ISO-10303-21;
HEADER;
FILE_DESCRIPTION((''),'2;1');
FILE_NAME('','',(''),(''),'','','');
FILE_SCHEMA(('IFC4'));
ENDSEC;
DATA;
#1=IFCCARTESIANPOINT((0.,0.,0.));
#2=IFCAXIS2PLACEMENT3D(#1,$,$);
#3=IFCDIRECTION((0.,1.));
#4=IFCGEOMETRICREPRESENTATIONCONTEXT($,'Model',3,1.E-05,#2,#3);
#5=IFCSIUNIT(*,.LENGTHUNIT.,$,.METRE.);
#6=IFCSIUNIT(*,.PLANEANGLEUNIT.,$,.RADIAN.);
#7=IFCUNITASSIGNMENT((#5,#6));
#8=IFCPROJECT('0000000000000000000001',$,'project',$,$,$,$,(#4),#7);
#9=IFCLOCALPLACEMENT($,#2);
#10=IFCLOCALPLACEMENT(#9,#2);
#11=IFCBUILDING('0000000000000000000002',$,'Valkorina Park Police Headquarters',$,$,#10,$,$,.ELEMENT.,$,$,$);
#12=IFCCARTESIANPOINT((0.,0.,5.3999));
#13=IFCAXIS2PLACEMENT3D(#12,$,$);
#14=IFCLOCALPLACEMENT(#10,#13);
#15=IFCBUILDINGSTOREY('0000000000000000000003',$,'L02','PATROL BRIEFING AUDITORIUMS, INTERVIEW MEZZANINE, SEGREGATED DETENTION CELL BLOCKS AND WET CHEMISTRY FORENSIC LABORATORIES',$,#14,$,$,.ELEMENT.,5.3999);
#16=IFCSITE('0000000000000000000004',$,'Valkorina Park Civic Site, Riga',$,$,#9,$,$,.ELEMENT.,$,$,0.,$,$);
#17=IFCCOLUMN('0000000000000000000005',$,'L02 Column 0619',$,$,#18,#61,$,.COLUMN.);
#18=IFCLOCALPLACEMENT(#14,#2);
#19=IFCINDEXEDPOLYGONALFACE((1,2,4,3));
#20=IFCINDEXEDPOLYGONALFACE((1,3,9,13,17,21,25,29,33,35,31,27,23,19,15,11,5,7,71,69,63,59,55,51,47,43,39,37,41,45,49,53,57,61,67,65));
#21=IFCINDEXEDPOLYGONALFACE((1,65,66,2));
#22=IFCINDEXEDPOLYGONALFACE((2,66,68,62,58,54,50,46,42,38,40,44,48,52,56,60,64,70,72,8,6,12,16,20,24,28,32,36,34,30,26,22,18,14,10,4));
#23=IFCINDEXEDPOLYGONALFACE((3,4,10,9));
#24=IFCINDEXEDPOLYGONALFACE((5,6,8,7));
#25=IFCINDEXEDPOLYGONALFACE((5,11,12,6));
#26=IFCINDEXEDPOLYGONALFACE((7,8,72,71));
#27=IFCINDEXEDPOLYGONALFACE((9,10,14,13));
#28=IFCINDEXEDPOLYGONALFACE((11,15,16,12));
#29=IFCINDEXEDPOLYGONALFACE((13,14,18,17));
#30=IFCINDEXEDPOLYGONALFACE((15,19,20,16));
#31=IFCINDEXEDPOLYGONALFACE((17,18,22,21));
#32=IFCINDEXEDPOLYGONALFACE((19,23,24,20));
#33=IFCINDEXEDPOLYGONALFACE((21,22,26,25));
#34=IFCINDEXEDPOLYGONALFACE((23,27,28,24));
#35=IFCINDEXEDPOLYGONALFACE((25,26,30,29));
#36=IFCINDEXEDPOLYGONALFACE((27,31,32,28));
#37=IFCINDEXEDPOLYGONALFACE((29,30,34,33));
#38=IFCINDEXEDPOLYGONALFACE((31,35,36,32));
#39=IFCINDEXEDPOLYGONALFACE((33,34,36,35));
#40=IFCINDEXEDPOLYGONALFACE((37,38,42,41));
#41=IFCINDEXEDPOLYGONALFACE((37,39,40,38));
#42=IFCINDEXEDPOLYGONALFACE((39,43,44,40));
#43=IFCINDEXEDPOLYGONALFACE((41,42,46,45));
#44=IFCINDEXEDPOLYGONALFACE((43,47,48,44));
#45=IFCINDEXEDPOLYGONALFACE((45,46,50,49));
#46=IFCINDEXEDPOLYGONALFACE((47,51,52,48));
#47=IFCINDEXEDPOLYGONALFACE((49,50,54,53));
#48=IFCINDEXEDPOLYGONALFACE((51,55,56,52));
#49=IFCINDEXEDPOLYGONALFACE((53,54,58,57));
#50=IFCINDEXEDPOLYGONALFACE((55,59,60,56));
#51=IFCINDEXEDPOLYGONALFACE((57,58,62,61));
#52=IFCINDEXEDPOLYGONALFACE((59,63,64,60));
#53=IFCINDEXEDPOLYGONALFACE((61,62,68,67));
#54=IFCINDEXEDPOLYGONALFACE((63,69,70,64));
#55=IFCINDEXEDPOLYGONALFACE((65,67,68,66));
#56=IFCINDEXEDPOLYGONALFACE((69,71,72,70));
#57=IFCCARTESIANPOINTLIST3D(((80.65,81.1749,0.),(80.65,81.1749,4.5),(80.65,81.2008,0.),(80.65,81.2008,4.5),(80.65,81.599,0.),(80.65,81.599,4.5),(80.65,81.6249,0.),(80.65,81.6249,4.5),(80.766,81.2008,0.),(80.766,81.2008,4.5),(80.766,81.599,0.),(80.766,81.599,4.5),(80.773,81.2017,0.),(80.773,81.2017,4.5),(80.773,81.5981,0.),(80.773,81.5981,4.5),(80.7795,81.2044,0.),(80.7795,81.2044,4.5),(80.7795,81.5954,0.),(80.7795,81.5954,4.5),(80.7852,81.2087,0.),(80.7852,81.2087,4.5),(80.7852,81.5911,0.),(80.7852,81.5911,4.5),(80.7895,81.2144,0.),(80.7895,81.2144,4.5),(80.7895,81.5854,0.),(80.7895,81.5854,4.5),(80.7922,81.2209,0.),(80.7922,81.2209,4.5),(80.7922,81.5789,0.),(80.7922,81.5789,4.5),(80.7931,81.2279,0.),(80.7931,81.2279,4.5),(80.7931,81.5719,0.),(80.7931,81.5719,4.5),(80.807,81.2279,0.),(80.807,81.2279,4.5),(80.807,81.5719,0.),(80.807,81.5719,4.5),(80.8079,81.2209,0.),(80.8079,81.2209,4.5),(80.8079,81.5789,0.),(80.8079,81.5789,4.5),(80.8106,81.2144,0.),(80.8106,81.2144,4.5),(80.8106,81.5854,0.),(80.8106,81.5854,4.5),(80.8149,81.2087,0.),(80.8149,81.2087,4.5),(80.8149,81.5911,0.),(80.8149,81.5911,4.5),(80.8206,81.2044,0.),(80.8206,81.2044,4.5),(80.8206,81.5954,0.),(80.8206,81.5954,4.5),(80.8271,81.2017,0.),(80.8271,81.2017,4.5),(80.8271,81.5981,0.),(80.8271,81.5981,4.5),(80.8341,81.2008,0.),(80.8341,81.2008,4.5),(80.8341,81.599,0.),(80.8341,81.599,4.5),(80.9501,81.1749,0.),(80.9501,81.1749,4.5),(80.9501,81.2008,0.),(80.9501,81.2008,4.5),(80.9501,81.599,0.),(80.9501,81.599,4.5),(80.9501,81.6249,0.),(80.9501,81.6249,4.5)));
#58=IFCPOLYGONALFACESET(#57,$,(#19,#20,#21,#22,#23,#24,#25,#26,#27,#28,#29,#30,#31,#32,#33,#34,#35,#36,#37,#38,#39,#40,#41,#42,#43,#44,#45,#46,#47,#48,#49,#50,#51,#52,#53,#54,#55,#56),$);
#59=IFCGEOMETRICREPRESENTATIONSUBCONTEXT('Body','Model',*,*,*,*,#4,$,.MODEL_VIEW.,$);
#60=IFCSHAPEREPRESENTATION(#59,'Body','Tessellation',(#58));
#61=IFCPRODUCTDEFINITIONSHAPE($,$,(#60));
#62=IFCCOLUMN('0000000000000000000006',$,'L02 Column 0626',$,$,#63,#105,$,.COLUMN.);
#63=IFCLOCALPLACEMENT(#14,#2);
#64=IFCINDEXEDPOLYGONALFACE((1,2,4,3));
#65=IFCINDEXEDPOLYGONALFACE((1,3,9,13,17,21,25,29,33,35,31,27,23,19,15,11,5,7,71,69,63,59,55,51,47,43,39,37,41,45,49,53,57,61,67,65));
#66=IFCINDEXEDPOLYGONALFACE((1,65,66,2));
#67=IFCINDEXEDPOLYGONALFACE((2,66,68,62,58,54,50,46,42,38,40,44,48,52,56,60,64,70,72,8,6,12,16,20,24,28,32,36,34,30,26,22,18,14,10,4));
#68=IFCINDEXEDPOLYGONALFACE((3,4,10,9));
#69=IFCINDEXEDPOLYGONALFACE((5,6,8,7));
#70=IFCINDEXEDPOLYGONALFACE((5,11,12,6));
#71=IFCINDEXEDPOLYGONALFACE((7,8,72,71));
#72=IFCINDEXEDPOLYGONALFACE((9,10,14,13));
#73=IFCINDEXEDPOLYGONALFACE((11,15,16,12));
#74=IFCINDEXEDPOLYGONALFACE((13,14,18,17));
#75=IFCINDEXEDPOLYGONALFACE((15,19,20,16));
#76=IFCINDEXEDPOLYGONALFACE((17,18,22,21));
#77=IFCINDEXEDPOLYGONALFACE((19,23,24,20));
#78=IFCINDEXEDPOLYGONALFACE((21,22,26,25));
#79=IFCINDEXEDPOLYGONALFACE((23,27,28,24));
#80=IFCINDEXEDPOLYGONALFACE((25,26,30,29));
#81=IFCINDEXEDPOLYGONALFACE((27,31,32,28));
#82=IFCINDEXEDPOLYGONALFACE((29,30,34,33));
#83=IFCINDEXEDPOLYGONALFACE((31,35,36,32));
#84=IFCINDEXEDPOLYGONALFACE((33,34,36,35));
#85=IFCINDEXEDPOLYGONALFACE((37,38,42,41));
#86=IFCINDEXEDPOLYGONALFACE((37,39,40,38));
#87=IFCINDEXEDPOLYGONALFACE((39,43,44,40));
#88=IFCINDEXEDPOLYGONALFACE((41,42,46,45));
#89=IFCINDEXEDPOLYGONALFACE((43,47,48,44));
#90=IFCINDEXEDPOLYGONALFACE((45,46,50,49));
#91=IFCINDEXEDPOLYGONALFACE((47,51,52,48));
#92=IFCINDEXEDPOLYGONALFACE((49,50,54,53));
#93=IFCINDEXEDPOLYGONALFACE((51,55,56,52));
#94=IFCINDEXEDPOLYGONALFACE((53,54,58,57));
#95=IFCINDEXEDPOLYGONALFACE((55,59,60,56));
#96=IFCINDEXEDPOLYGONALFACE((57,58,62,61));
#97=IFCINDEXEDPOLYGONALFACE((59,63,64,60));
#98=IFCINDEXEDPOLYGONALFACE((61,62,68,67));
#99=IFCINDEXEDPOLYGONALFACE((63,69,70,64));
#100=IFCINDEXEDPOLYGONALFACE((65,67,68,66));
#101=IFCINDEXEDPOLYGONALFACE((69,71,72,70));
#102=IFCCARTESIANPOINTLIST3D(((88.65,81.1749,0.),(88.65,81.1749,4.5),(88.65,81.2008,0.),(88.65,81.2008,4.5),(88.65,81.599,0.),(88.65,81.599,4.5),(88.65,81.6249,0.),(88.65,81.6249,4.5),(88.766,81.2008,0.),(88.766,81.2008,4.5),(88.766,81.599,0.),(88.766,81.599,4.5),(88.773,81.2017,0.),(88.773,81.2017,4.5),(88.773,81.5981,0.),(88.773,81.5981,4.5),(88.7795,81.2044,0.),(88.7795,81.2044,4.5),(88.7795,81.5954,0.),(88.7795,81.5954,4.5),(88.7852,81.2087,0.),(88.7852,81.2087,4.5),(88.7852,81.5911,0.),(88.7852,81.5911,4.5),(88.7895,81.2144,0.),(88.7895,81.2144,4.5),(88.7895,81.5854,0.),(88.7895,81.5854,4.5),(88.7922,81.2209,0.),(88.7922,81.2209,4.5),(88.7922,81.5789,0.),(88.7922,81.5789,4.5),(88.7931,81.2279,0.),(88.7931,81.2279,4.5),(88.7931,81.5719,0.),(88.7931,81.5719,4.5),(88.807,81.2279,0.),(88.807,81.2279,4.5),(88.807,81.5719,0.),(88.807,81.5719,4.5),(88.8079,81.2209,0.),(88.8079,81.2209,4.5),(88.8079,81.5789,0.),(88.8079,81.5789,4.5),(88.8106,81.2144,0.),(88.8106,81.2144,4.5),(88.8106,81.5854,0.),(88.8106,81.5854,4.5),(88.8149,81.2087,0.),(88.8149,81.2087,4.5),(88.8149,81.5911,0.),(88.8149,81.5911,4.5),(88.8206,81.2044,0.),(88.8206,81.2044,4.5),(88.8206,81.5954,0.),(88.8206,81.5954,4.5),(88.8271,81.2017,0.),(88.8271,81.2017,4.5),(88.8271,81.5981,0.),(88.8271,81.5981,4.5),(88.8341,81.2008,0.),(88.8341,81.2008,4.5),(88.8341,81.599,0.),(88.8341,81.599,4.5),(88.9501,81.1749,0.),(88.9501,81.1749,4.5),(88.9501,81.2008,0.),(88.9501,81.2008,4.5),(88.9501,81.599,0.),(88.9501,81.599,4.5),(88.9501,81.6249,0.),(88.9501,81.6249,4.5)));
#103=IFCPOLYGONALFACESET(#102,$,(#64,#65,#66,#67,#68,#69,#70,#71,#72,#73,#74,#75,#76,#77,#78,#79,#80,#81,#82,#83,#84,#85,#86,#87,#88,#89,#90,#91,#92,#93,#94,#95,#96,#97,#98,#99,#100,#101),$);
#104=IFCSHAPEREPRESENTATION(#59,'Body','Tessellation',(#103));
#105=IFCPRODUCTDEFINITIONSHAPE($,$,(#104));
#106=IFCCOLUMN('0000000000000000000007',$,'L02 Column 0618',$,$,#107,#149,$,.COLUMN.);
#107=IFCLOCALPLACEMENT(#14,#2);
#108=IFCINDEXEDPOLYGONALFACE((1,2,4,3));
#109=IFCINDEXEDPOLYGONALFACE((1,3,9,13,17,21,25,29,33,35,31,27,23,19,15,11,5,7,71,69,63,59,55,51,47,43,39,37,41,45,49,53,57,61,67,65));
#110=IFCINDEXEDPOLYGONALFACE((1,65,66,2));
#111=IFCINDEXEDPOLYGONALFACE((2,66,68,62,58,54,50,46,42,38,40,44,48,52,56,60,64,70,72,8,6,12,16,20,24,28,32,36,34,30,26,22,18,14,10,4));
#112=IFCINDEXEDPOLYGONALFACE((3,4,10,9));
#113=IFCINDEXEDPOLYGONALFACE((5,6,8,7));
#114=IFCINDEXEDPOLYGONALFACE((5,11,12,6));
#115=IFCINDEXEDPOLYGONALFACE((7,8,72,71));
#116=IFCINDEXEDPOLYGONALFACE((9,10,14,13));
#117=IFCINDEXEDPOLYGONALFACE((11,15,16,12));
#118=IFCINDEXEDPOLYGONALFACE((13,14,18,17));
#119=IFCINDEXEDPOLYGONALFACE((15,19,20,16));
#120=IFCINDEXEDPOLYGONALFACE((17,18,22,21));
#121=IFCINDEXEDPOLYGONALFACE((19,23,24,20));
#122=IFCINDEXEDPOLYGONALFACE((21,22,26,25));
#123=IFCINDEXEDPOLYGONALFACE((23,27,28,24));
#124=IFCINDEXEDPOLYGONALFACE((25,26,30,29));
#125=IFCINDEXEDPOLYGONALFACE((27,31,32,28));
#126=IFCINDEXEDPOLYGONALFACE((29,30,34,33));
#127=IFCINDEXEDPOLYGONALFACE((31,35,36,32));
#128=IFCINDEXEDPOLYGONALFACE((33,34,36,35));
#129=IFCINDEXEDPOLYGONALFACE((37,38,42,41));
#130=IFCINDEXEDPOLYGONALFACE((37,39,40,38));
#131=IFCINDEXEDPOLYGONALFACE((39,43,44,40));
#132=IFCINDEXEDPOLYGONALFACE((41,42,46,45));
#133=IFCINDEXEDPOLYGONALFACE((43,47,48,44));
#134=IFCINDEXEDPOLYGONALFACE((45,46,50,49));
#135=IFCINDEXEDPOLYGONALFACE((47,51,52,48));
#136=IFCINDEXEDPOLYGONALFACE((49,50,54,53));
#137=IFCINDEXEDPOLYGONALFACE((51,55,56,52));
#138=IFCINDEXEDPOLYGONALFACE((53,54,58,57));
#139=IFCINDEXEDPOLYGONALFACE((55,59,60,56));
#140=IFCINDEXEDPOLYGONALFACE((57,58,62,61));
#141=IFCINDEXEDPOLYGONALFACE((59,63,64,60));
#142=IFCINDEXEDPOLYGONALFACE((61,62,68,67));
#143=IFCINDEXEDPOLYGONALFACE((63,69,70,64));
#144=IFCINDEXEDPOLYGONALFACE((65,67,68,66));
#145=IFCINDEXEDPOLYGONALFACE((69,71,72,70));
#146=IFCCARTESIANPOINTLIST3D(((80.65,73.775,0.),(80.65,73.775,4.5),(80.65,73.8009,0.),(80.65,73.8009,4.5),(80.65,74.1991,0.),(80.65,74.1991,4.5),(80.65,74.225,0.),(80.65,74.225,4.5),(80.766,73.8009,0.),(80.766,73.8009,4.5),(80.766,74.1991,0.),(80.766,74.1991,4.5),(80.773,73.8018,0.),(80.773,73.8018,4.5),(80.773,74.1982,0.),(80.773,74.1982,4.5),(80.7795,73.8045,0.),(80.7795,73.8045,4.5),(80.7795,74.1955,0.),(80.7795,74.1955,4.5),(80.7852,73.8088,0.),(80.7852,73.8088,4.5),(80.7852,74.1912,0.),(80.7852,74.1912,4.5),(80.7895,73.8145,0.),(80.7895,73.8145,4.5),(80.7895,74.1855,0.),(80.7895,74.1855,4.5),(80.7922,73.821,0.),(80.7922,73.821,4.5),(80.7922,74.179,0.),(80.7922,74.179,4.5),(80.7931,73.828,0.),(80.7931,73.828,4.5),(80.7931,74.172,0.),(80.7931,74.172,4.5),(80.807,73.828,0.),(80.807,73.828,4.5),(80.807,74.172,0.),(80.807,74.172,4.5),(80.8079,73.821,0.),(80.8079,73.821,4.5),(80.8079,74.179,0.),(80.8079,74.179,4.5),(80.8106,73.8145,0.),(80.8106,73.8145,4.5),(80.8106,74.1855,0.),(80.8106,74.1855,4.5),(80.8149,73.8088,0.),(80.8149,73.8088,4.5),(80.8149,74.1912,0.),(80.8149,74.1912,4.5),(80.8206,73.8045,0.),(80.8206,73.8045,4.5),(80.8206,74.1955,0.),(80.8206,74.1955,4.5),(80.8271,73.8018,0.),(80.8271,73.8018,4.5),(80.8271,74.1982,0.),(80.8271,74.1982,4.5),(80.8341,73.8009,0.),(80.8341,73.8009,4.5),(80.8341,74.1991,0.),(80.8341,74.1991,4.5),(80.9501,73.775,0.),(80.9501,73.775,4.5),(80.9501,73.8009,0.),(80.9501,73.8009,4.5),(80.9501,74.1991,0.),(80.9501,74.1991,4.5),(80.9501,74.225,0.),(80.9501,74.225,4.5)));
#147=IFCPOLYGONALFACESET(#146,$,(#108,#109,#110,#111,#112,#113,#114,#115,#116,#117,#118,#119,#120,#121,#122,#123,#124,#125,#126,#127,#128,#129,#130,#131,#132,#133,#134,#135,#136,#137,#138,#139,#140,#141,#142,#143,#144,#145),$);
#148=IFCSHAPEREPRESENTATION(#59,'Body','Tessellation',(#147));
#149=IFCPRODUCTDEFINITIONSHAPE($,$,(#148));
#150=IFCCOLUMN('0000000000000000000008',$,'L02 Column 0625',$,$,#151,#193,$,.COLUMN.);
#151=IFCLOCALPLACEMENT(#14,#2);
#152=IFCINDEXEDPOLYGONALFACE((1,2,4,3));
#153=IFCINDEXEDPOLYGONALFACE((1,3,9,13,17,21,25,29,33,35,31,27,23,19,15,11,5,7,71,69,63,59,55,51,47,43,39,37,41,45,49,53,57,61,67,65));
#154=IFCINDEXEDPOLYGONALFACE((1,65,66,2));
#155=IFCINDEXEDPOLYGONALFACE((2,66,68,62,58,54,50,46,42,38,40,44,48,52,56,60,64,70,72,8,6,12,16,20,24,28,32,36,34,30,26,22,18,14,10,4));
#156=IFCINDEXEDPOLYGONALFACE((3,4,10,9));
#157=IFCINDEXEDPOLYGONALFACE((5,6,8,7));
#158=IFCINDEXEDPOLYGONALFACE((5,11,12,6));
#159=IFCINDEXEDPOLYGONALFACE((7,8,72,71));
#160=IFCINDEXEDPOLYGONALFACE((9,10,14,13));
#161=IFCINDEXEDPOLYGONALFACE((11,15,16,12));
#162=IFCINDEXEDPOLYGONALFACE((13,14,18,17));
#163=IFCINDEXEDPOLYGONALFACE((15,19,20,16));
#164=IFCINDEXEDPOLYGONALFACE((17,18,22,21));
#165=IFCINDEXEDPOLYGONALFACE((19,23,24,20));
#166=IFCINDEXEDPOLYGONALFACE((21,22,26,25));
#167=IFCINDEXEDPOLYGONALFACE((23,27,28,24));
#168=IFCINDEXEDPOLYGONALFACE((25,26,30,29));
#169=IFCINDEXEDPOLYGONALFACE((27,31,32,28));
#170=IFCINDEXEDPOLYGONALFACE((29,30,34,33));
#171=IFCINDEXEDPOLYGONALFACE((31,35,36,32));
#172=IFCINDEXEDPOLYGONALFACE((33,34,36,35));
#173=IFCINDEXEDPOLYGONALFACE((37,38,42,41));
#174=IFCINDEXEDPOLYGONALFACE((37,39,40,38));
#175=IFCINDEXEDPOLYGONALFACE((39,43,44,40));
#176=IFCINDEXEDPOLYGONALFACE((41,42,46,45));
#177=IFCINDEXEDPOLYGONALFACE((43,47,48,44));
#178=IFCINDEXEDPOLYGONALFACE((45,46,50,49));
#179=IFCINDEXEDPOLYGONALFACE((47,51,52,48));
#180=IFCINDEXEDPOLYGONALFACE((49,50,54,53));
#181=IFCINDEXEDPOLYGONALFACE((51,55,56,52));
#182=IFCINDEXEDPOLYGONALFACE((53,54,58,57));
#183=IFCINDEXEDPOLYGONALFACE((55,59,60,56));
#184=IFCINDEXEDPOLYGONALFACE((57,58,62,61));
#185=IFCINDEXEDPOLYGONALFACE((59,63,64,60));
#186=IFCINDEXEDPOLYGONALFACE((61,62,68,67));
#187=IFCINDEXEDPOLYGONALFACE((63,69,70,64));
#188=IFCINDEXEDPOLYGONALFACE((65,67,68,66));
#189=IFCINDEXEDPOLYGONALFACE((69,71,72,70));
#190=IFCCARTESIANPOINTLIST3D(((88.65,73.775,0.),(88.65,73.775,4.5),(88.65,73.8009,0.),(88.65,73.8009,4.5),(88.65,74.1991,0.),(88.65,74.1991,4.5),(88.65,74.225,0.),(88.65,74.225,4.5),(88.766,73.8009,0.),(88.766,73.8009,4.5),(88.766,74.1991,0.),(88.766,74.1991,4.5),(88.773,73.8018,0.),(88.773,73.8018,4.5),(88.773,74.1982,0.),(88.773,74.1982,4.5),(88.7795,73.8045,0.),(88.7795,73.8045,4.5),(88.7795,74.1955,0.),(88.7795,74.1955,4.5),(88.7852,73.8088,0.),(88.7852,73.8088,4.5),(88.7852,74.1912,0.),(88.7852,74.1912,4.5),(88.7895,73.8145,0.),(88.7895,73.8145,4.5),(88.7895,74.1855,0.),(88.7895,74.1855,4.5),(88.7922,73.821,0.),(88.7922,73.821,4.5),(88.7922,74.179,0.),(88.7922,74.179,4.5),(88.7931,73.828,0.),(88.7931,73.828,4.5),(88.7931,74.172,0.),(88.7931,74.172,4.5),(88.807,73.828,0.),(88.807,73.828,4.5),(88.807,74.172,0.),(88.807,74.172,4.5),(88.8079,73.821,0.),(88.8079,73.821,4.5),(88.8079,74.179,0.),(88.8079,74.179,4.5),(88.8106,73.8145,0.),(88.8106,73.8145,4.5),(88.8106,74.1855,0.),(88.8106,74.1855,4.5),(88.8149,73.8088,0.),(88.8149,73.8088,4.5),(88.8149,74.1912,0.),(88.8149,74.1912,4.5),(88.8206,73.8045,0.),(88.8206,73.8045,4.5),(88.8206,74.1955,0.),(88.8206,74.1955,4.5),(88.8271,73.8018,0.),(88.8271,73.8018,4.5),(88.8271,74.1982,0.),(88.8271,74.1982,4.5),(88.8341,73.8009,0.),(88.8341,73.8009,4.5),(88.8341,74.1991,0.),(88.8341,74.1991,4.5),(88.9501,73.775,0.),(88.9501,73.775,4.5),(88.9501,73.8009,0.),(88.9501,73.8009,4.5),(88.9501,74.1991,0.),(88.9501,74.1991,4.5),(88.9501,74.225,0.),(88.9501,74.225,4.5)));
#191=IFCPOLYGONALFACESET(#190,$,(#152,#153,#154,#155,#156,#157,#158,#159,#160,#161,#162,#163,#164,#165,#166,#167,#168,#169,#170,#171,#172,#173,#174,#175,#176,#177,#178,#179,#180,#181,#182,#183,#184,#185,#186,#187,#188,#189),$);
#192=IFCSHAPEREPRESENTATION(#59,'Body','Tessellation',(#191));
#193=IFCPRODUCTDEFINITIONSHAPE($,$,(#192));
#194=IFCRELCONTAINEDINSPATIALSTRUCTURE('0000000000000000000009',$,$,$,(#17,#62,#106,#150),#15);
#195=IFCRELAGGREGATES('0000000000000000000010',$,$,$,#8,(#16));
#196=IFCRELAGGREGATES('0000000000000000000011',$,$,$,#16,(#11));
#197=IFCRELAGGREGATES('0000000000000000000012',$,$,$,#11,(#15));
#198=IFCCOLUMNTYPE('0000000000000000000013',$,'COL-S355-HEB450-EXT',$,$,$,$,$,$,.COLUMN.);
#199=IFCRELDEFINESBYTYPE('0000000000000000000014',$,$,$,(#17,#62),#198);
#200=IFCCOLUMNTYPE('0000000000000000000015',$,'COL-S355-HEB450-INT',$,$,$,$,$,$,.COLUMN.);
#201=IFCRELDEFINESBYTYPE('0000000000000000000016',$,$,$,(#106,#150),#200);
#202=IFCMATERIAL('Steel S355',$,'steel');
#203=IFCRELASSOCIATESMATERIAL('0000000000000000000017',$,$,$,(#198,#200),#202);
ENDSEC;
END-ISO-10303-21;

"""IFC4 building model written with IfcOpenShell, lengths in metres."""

from ifc_helpers import new_model, si_unit, direction, frame, origin, origin_2d, place, context, subcontext, project, spatial, i_section, extrude, material, material_profile, profile_set, type_object, element, save


model = new_model("IFC4")

# Units and contexts
model_context = context("Model", 3, precision=1e-05, world=origin(), true_north=direction((0.0, 1.0)))
body_context = subcontext(model_context, "Body", "Model", "MODEL_VIEW")
ifc_project = project(units=[si_unit("LENGTHUNIT", "METRE"), si_unit("PLANEANGLEUNIT", "RADIAN")], contexts=[model_context])

# Site, building, storey
site_placement = place(None, origin())
site = spatial("IfcSite", under=ifc_project, at=site_placement, Name="Valkorina Park Civic Site, Riga", CompositionType="ELEMENT", RefElevation=0.0)
building_placement = place(site_placement, origin())
building = spatial("IfcBuilding", under=site, at=building_placement, Name="Valkorina Park Police Headquarters", CompositionType="ELEMENT")
storey_placement = place(building_placement, frame((0.0, 0.0, 5.3999)))
storey = spatial("IfcBuildingStorey", under=building, at=storey_placement, Name="L02", Description="PATROL BRIEFING AUDITORIUMS, INTERVIEW MEZZANINE, SEGREGATED DETENTION CELL BLOCKS AND WET CHEMISTRY FORENSIC LABORATORIES", CompositionType="ELEMENT", Elevation=5.3999)

# Columns
ifc_material_1 = material(Name="Steel S355", Category="steel")
ifc_material_profile_1 = material_profile(ifc_material_1, i_section(OverallWidth=0.3, OverallDepth=0.45, WebThickness=0.0139, FlangeThickness=0.0259, FilletRadius=0.0271, at=origin_2d()), Name="HEB 450")
ifc_profile_set_1 = profile_set([ifc_material_profile_1], Name="Steel S355")
column_type_1 = type_object("IfcColumnType", Name="COL-S355-HEB450-EXT", PredefinedType="COLUMN", material=ifc_profile_set_1)
for number, where, z_axis, x_axis, name in (
    (1, (80.8, 81.3999, 0.0), (0.0, 0.0, 1.0), (1.0, 0.0, 0.0), "L02 Column 0619"),
    (2, (88.8, 81.3999, 0.0), (0.0, 0.0, 1.0), (1.0, 0.0, 0.0), "L02 Column 0626"),
):
    element("IfcColumn", number, at=place(storey_placement, frame(where, z_axis=z_axis, x_axis=x_axis)), inside=storey, type_object=column_type_1, Name=name, PredefinedType="COLUMN", context=body_context, shape_type="SweptSolid", body=[
        extrude(i_section(OverallWidth=0.3, OverallDepth=0.45, WebThickness=0.0139, FlangeThickness=0.0259, FilletRadius=0.0271, at=origin_2d()), origin(), (0.0, 0.0, 1.0), 4.5),
    ])
ifc_material_profile_2 = material_profile(ifc_material_1, i_section(OverallWidth=0.3, OverallDepth=0.45, WebThickness=0.0139, FlangeThickness=0.0259, FilletRadius=0.0271, at=origin_2d()), Name="HEB 450")
ifc_profile_set_2 = profile_set([ifc_material_profile_2], Name="Steel S355")
column_type_2 = type_object("IfcColumnType", Name="COL-S355-HEB450-INT", PredefinedType="COLUMN", material=ifc_profile_set_2)
for number, where, z_axis, x_axis, name in (
    (3, (80.8, 74.0, 0.0), (0.0, 0.0, 1.0), (1.0, 0.0, 0.0), "L02 Column 0618"),
    (4, (88.8, 74.0, 0.0), (0.0, 0.0, 1.0), (1.0, 0.0, 0.0), "L02 Column 0625"),
):
    element("IfcColumn", number, at=place(storey_placement, frame(where, z_axis=z_axis, x_axis=x_axis)), inside=storey, type_object=column_type_2, Name=name, PredefinedType="COLUMN", context=body_context, shape_type="SweptSolid", body=[
        extrude(i_section(OverallWidth=0.3, OverallDepth=0.45, WebThickness=0.0139, FlangeThickness=0.0259, FilletRadius=0.0271, at=origin_2d()), origin(), (0.0, 0.0, 1.0), 4.5),
    ])

save(model, "model.ifc")
